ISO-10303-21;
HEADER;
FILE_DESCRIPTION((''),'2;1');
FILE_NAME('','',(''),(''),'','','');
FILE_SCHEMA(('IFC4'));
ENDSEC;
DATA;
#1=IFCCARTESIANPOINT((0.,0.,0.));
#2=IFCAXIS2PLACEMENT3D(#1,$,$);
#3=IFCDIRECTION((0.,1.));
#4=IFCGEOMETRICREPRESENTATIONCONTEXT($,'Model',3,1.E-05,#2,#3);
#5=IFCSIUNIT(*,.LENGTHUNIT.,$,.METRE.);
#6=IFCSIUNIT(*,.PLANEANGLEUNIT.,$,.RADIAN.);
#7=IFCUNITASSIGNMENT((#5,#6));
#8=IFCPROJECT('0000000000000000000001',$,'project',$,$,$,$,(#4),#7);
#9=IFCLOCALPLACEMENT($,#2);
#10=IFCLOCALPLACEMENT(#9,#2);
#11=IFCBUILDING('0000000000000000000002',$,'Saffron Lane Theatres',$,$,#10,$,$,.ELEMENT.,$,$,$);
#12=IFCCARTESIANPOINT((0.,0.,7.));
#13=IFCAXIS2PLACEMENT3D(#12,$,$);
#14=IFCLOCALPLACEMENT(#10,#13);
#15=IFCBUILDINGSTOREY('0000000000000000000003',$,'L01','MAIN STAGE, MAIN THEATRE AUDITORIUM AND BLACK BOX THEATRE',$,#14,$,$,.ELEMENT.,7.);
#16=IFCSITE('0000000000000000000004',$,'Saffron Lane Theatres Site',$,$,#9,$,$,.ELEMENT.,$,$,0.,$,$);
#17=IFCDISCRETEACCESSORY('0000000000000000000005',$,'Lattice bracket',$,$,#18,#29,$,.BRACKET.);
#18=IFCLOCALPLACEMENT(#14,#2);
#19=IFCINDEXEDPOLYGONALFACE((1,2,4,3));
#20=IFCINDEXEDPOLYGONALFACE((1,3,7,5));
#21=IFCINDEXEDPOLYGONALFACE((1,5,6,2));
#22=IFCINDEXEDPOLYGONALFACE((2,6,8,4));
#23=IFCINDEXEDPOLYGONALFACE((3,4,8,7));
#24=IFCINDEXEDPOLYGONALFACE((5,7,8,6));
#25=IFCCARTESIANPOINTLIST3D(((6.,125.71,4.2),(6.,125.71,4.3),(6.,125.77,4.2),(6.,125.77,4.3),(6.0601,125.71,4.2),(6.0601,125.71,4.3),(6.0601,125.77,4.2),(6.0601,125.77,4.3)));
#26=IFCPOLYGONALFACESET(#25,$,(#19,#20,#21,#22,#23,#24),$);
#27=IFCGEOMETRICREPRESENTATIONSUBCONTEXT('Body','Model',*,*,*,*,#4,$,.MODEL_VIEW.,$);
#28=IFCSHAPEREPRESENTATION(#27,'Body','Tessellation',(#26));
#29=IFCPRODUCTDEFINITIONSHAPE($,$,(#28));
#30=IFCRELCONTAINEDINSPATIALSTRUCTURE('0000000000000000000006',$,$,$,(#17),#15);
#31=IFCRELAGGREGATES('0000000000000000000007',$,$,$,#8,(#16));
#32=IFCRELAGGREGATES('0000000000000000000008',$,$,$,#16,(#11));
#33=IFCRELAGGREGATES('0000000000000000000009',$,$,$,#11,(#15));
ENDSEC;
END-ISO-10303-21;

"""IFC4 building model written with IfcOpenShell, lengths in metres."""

from ifc_helpers import new_model, si_unit, direction, frame, origin, origin_2d, place, context, subcontext, project, spatial, rectangle, extrude, element, save


model = new_model("IFC4")

# Units and contexts
model_context = context("Model", 3, precision=1e-05, world=origin(), true_north=direction((0.0, 1.0)))
body_context = subcontext(model_context, "Body", "Model", "MODEL_VIEW")
ifc_project = project(units=[si_unit("LENGTHUNIT", "METRE"), si_unit("PLANEANGLEUNIT", "RADIAN")], contexts=[model_context])

# Site, building, storey
site_placement = place(None, origin())
site = spatial("IfcSite", under=ifc_project, at=site_placement, Name="Saffron Lane Theatres Site", CompositionType="ELEMENT", RefElevation=0.0)
building_placement = place(site_placement, origin())
building = spatial("IfcBuilding", under=site, at=building_placement, Name="Saffron Lane Theatres", CompositionType="ELEMENT")
storey_placement = place(building_placement, frame((0.0, 0.0, 7.0)))
storey = spatial("IfcBuildingStorey", under=building, at=storey_placement, Name="L01", Description="MAIN STAGE, MAIN THEATRE AUDITORIUM AND BLACK BOX THEATRE", CompositionType="ELEMENT", Elevation=7.0)

# Discrete accessory
for number, where, z_axis, x_axis, name in (
    (1, (6.03, 125.74, 4.2), (0.0, 0.0, 1.0), (1.0, 0.0, 0.0), "Lattice bracket"),
):
    element("IfcDiscreteAccessory", number, at=place(storey_placement, frame(where, z_axis=z_axis, x_axis=x_axis)), inside=storey, Name=name, PredefinedType="BRACKET", context=body_context, shape_type="SweptSolid", body=[
        extrude(rectangle(XDim=0.0601, YDim=0.0601, at=origin_2d()), origin(), (0.0, 0.0, 1.0), 0.1001),
    ])

save(model, "model.ifc")
